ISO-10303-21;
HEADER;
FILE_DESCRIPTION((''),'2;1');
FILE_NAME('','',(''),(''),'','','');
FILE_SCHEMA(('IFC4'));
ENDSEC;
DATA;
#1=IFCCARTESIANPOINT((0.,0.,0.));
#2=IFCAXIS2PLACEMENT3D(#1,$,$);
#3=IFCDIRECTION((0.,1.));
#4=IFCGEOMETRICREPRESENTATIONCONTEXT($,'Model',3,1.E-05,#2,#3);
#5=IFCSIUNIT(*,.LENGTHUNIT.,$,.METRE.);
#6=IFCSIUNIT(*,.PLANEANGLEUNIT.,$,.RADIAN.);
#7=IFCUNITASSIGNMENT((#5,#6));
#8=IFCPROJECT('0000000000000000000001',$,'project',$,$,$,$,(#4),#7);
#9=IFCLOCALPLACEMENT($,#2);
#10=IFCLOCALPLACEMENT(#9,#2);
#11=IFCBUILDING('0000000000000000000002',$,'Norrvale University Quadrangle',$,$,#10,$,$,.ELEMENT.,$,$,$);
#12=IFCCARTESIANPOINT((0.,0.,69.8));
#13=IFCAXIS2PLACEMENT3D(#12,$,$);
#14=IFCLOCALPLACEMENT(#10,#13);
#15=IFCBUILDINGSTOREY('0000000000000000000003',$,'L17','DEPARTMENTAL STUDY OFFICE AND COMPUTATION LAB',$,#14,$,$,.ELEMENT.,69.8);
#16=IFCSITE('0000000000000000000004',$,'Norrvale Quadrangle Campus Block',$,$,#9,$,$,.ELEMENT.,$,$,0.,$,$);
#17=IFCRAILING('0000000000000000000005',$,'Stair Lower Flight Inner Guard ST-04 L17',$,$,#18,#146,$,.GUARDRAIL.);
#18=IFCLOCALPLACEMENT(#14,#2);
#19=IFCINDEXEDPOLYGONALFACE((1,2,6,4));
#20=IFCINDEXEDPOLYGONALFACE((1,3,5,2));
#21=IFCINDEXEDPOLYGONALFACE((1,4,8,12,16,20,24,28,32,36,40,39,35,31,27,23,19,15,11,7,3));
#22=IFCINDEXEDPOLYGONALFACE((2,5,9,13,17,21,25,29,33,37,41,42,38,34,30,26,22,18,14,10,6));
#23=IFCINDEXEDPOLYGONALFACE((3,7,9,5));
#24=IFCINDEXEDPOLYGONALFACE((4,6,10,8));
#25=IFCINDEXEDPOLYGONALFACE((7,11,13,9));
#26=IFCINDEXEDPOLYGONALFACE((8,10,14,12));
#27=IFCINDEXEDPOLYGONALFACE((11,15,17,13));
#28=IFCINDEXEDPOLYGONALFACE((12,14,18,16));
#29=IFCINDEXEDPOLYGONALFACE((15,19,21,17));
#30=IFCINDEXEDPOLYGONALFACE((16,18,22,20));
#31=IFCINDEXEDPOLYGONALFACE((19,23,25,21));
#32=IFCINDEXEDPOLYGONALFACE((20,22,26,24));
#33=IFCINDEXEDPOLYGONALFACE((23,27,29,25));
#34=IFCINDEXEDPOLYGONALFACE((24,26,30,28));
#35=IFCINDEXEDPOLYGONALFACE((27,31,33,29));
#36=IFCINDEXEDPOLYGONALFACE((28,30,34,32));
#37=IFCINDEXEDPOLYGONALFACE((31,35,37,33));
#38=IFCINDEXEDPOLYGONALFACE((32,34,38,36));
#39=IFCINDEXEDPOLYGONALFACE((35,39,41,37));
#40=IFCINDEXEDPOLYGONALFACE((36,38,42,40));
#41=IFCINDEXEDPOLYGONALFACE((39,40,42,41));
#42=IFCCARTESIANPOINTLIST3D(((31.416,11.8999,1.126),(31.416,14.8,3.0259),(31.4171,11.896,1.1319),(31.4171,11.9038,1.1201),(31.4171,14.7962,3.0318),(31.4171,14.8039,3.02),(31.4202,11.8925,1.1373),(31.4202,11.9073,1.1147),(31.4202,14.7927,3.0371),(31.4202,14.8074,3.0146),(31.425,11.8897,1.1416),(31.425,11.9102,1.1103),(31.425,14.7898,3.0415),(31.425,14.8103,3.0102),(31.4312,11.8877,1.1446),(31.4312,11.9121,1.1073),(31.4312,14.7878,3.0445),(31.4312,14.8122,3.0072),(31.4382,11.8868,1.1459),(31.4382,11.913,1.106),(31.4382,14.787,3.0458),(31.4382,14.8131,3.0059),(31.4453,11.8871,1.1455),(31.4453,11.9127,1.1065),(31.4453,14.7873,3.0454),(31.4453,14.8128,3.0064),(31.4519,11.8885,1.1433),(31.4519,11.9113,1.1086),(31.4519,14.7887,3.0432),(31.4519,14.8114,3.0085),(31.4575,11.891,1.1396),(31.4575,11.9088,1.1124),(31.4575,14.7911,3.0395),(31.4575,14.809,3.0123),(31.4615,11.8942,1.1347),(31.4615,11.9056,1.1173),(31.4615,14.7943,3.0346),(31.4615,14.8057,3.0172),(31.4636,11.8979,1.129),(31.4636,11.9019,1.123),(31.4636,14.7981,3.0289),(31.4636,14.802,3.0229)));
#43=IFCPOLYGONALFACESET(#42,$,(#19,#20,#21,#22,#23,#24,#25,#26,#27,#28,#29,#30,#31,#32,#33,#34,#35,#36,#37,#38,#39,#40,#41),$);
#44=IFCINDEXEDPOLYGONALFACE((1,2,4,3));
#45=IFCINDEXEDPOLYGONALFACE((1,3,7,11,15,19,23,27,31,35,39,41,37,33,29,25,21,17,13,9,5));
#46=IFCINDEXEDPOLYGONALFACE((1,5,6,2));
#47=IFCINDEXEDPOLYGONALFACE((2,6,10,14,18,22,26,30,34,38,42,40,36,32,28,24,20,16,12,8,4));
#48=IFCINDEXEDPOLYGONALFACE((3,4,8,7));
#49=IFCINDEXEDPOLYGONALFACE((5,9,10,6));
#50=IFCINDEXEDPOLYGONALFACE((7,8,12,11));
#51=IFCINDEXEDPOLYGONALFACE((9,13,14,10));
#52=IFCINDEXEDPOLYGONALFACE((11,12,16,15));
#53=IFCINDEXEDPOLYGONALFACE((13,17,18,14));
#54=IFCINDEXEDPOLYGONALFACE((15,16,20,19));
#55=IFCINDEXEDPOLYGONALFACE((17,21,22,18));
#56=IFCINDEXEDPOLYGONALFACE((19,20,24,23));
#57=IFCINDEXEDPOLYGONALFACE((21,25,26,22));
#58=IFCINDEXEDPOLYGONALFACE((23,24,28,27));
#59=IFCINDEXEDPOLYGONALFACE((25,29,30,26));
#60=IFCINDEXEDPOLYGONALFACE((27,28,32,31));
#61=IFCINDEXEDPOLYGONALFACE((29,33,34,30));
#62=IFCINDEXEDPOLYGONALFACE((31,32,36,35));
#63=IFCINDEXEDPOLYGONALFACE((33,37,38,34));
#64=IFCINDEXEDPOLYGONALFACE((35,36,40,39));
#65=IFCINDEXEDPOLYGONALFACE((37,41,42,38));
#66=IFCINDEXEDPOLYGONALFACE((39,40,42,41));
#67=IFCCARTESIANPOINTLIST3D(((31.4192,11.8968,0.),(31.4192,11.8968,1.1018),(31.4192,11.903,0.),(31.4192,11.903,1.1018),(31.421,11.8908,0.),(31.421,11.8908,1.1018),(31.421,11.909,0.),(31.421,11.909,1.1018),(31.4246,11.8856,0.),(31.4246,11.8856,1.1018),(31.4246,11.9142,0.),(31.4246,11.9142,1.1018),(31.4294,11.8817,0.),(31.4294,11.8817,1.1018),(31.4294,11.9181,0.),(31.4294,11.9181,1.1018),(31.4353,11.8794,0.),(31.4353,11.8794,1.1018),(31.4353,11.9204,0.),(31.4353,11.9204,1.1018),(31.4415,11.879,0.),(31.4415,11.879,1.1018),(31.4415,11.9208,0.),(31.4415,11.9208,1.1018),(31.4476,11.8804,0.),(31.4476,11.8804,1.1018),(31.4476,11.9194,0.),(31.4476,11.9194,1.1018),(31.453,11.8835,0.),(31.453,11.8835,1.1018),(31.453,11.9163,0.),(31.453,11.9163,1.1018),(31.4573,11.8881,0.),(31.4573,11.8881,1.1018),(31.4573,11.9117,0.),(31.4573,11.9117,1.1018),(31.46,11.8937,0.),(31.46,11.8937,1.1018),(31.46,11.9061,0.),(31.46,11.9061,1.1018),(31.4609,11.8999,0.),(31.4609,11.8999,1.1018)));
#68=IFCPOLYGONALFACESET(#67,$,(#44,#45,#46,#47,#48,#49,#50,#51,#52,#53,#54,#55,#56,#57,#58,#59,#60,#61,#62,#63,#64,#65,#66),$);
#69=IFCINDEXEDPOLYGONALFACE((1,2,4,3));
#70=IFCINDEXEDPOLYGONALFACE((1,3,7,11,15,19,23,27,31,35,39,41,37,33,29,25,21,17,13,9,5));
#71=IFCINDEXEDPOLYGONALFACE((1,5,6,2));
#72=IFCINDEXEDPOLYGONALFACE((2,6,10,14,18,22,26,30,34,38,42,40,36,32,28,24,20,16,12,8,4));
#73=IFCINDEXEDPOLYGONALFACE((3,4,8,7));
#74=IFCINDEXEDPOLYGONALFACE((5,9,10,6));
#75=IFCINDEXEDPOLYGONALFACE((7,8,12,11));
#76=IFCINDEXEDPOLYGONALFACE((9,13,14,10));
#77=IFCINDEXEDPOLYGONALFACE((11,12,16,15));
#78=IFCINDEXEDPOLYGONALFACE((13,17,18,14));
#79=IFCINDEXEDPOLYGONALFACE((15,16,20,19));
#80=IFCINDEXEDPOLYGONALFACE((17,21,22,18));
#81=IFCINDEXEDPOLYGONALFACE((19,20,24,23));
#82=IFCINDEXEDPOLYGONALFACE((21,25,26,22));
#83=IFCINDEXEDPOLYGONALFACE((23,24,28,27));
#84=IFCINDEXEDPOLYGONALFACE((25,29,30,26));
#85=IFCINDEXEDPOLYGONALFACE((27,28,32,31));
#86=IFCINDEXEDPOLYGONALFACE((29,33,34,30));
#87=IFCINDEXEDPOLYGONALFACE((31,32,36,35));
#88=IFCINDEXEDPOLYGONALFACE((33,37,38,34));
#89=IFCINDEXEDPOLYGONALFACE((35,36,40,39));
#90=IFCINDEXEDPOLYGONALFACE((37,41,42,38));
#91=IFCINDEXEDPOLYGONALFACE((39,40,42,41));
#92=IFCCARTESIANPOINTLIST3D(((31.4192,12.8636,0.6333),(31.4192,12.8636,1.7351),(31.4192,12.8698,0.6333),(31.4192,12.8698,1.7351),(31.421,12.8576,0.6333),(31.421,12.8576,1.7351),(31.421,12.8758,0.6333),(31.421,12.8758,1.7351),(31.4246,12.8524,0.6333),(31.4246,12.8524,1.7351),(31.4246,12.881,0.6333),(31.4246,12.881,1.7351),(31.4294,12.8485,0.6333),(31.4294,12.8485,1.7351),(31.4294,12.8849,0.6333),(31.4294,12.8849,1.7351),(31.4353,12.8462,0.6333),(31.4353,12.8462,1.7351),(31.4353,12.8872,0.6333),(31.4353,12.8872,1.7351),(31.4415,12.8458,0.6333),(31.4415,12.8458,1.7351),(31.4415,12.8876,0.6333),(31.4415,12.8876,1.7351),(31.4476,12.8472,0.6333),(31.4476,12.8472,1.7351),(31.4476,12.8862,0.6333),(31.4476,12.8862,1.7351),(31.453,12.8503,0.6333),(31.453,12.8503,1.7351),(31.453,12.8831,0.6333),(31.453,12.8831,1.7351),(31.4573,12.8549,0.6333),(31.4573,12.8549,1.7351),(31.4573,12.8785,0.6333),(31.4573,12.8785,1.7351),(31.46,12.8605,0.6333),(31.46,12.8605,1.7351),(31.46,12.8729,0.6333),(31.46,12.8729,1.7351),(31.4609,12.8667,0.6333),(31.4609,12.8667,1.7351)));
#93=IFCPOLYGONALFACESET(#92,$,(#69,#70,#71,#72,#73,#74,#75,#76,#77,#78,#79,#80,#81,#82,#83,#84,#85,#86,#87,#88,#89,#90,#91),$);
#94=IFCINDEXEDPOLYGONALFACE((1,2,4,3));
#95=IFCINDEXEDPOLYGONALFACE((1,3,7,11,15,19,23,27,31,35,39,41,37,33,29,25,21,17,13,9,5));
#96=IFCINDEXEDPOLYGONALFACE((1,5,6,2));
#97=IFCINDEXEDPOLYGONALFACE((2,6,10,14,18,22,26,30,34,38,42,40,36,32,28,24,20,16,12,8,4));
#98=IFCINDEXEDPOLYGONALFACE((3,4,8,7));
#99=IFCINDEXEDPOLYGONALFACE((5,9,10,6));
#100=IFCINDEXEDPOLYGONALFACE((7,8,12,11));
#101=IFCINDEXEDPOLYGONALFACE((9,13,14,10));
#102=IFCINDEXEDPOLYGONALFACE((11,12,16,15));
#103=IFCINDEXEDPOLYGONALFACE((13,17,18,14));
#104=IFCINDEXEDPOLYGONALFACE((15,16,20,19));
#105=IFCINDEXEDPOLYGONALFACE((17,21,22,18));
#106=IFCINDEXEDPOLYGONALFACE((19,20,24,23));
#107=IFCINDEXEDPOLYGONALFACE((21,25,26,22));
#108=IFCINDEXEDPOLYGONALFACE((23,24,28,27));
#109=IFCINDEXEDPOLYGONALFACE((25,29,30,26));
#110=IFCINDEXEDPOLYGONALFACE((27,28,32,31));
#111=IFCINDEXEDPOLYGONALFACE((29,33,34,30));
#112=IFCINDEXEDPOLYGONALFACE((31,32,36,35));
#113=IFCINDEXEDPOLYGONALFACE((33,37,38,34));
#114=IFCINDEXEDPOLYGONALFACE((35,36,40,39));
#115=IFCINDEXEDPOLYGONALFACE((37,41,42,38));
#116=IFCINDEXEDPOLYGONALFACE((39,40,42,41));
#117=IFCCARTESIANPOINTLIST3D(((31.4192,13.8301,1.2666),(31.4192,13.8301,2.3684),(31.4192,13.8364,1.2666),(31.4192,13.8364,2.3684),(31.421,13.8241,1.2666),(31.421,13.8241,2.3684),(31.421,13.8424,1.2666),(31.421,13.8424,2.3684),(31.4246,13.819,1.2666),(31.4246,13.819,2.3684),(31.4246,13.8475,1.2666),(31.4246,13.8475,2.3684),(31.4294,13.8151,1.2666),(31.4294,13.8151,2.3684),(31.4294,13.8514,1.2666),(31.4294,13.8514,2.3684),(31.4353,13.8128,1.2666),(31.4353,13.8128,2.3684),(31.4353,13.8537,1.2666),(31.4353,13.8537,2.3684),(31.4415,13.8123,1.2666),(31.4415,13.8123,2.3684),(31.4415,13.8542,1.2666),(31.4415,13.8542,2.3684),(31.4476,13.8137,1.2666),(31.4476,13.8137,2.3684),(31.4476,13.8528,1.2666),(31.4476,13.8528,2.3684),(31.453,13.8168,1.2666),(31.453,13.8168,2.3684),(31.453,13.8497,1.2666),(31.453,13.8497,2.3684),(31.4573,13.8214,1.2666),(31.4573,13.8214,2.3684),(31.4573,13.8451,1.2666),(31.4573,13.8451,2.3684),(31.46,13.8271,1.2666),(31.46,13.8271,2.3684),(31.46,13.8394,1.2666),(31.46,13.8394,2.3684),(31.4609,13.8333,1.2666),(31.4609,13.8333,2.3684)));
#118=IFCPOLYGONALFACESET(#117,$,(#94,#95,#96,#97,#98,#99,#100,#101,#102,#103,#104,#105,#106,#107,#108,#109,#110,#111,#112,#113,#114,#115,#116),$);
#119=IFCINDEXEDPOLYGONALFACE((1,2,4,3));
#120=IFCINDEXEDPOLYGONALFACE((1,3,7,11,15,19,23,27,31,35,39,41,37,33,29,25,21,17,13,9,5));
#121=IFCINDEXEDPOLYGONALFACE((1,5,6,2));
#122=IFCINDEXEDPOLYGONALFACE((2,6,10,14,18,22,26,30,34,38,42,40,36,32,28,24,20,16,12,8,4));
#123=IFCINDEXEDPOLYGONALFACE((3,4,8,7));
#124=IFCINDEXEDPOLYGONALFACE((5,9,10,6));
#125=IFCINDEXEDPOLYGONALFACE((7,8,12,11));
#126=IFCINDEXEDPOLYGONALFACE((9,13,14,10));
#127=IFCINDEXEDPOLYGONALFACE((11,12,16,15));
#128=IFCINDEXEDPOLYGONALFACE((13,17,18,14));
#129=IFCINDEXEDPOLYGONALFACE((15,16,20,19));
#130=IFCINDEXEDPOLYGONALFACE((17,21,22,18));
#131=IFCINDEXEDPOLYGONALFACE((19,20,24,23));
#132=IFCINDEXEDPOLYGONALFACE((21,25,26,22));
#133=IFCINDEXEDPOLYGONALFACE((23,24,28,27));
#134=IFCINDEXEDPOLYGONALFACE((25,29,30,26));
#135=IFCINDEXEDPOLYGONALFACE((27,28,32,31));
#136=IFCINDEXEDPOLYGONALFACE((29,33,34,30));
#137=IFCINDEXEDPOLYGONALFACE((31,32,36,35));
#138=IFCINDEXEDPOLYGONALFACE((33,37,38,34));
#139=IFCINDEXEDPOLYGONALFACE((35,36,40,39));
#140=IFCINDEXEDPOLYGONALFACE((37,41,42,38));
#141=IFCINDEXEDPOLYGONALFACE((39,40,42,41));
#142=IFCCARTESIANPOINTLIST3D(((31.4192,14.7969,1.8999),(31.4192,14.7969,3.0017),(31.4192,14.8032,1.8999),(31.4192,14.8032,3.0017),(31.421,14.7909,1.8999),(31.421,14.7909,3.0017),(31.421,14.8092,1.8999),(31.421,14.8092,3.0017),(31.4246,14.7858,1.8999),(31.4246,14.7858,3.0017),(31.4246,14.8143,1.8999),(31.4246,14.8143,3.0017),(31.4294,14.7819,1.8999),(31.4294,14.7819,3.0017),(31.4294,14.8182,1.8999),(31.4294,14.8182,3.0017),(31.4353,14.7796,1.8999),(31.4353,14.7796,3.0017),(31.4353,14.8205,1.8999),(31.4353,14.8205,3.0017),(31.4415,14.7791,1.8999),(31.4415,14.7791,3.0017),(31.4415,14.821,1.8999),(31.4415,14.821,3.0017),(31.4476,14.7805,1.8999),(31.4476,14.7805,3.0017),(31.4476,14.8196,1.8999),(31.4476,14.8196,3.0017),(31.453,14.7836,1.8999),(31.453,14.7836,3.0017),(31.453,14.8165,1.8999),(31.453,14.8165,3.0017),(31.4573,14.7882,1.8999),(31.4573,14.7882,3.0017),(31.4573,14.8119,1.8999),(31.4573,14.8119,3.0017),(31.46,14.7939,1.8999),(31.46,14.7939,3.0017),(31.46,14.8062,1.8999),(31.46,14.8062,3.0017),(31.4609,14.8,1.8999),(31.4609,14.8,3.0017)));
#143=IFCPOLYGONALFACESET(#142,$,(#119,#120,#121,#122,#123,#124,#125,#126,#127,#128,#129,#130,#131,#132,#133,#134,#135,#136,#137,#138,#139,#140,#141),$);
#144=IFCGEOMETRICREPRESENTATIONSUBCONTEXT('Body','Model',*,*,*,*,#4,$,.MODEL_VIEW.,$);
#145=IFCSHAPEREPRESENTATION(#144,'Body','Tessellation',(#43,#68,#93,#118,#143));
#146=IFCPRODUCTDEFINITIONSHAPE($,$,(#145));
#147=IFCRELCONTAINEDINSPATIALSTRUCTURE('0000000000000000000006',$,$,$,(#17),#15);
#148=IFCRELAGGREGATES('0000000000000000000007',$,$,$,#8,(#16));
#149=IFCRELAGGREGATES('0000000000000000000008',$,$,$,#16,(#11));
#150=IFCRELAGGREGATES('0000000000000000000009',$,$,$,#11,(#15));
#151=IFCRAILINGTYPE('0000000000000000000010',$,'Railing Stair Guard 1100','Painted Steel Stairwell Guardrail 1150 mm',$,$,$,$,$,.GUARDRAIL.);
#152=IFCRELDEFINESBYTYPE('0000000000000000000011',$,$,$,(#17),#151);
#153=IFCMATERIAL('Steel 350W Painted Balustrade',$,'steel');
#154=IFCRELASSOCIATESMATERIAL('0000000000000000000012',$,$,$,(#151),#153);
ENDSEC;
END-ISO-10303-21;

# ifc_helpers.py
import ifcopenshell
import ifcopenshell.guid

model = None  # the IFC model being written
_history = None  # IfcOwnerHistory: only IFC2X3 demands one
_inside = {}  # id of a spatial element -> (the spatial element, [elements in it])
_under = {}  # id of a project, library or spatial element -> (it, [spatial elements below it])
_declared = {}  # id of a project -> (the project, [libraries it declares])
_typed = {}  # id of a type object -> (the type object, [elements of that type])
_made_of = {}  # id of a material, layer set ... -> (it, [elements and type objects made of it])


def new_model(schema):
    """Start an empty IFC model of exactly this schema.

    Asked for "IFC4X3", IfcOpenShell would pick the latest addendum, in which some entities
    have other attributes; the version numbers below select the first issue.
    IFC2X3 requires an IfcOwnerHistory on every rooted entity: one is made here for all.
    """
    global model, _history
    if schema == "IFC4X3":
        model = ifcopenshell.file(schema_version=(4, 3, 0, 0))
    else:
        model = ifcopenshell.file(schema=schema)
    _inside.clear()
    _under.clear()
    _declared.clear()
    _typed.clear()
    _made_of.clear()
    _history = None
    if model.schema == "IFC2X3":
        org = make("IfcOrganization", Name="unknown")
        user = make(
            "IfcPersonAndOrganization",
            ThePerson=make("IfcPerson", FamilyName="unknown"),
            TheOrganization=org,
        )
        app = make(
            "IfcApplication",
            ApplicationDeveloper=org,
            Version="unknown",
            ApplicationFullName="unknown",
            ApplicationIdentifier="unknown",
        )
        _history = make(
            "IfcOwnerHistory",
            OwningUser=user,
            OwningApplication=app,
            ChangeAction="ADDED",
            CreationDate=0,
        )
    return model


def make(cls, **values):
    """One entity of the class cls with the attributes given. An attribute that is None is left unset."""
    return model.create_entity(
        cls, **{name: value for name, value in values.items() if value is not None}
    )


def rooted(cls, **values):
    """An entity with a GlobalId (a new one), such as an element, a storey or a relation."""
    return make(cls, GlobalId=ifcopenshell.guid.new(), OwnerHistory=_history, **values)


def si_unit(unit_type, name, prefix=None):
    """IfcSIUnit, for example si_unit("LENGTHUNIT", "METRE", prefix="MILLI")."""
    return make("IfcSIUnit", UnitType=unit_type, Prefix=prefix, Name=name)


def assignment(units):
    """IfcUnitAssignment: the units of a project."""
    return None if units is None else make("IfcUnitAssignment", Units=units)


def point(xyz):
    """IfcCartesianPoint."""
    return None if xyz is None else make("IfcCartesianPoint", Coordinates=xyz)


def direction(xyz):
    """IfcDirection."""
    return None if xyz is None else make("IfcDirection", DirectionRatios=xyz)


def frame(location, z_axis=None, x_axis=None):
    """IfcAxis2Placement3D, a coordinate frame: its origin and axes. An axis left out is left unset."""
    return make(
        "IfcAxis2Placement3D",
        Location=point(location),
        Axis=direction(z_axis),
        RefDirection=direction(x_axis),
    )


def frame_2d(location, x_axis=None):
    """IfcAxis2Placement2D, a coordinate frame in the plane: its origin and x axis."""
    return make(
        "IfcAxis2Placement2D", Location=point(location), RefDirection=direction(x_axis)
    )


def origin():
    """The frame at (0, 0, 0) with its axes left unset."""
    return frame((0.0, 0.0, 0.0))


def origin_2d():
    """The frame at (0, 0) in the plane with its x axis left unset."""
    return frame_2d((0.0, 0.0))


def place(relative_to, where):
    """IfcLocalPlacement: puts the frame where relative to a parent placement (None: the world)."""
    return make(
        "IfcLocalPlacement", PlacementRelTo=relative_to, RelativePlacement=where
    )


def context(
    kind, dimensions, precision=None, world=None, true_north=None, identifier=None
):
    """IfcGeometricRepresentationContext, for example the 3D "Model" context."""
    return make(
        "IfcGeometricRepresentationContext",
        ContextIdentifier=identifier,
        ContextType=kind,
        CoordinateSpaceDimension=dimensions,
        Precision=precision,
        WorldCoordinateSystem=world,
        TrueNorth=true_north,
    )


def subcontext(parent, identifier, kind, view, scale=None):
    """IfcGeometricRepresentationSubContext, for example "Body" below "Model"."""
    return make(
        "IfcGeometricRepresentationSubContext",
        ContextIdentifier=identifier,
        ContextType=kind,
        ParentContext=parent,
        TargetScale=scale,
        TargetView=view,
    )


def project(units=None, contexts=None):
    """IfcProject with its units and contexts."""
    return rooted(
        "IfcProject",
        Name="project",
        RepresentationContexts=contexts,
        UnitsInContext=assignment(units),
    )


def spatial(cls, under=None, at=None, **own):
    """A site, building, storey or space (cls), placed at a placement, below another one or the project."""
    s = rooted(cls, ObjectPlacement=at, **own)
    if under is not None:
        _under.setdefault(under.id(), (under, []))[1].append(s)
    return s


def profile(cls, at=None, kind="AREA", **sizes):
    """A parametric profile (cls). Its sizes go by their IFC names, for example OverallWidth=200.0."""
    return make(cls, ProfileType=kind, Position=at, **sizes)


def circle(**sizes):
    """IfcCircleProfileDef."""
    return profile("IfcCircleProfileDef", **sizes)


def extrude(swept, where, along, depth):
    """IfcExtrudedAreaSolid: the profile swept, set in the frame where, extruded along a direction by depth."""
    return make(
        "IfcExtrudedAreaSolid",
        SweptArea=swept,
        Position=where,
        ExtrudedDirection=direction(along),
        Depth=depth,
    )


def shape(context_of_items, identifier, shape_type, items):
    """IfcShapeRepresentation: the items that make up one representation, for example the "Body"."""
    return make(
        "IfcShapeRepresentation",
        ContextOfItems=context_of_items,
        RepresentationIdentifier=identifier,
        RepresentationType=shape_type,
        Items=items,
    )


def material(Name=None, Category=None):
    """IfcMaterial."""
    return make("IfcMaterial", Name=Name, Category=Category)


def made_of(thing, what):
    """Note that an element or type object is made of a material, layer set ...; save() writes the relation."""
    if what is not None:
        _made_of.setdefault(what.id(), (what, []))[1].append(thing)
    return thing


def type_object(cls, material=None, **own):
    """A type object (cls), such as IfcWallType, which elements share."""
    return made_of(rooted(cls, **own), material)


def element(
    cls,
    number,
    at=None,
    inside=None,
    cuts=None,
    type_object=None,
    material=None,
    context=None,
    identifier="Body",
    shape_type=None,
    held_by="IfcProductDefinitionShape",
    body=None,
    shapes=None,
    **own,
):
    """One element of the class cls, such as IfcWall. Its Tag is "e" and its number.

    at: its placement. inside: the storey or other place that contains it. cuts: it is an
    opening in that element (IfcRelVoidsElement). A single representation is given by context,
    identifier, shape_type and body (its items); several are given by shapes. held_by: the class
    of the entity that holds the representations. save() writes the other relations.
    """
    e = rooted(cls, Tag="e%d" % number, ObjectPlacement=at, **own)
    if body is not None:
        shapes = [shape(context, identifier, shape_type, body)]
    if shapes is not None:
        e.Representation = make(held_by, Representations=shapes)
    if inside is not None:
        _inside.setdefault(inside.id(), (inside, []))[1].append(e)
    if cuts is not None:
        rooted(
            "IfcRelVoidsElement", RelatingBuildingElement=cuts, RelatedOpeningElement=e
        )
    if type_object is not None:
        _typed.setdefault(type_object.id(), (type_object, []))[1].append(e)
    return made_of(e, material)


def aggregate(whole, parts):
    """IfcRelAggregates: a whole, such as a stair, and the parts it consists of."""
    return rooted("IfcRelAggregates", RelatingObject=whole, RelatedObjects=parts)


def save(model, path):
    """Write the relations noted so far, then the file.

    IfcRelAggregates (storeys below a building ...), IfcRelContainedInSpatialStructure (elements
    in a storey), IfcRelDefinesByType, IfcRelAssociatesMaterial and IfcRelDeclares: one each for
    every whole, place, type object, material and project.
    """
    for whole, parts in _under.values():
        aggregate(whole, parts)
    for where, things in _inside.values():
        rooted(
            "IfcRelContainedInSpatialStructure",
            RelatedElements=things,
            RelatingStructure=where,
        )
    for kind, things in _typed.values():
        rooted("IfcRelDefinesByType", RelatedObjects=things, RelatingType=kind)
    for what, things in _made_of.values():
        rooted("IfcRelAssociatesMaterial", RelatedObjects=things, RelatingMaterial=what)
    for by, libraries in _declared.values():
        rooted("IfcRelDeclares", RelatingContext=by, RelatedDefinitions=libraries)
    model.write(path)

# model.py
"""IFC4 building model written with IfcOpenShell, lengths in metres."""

from ifc_helpers import new_model, si_unit, direction, frame, origin, origin_2d, place, context, subcontext, project, spatial, circle, extrude, material, type_object, element, save


model = new_model("IFC4")

# Units and contexts
model_context = context("Model", 3, precision=1e-05, world=origin(), true_north=direction((0.0, 1.0)))
body_context = subcontext(model_context, "Body", "Model", "MODEL_VIEW")
ifc_project = project(units=[si_unit("LENGTHUNIT", "METRE"), si_unit("PLANEANGLEUNIT", "RADIAN")], contexts=[model_context])

# Site, building, storey
site_placement = place(None, origin())
site = spatial("IfcSite", under=ifc_project, at=site_placement, Name="Norrvale Quadrangle Campus Block", CompositionType="ELEMENT", RefElevation=0.0)
building_placement = place(site_placement, origin())
building = spatial("IfcBuilding", under=site, at=building_placement, Name="Norrvale University Quadrangle", CompositionType="ELEMENT")
storey_placement = place(building_placement, frame((0.0, 0.0, 69.8)))
storey = spatial("IfcBuildingStorey", under=building, at=storey_placement, Name="L17", Description="DEPARTMENTAL STUDY OFFICE AND COMPUTATION LAB", CompositionType="ELEMENT", Elevation=69.8)

# Railing
ifc_material_1 = material(Name="Steel 350W Painted Balustrade", Category="steel")
railing_type_1 = type_object("IfcRailingType", Name="Railing Stair Guard 1100", Description="Painted Steel Stairwell Guardrail 1150 mm", PredefinedType="GUARDRAIL", material=ifc_material_1)
railing_1_placement = place(storey_placement, frame((31.4399, 11.8999, 0.0)))
element("IfcRailing", 1, at=railing_1_placement, inside=storey, type_object=railing_type_1, Name="Stair Lower Flight Inner Guard ST-04 L17", PredefinedType="GUARDRAIL", context=body_context, shape_type="SweptSolid", body=[
    extrude(circle(Radius=0.0239, at=origin_2d()), frame((0.0, 0.0, 1.126), z_axis=(0.0, 0.836487, 0.547987), x_axis=(-1.0, 0.0, 0.0)), (0.0, 0.0, 1.0), 3.467),
    extrude(circle(Radius=0.021, at=origin_2d()), origin(), (0.0, 0.0, 1.0), 1.1018),
    extrude(circle(Radius=0.021, at=origin_2d()), frame((0.0, 0.9668, 0.6333)), (0.0, 0.0, 1.0), 1.1018),
    extrude(circle(Radius=0.021, at=origin_2d()), frame((0.0, 1.9333, 1.2666)), (0.0, 0.0, 1.0), 1.1018),
    extrude(circle(Radius=0.021, at=origin_2d()), frame((0.0, 2.9001, 1.8999)), (0.0, 0.0, 1.0), 1.1018),
])

save(model, "model.ifc")
